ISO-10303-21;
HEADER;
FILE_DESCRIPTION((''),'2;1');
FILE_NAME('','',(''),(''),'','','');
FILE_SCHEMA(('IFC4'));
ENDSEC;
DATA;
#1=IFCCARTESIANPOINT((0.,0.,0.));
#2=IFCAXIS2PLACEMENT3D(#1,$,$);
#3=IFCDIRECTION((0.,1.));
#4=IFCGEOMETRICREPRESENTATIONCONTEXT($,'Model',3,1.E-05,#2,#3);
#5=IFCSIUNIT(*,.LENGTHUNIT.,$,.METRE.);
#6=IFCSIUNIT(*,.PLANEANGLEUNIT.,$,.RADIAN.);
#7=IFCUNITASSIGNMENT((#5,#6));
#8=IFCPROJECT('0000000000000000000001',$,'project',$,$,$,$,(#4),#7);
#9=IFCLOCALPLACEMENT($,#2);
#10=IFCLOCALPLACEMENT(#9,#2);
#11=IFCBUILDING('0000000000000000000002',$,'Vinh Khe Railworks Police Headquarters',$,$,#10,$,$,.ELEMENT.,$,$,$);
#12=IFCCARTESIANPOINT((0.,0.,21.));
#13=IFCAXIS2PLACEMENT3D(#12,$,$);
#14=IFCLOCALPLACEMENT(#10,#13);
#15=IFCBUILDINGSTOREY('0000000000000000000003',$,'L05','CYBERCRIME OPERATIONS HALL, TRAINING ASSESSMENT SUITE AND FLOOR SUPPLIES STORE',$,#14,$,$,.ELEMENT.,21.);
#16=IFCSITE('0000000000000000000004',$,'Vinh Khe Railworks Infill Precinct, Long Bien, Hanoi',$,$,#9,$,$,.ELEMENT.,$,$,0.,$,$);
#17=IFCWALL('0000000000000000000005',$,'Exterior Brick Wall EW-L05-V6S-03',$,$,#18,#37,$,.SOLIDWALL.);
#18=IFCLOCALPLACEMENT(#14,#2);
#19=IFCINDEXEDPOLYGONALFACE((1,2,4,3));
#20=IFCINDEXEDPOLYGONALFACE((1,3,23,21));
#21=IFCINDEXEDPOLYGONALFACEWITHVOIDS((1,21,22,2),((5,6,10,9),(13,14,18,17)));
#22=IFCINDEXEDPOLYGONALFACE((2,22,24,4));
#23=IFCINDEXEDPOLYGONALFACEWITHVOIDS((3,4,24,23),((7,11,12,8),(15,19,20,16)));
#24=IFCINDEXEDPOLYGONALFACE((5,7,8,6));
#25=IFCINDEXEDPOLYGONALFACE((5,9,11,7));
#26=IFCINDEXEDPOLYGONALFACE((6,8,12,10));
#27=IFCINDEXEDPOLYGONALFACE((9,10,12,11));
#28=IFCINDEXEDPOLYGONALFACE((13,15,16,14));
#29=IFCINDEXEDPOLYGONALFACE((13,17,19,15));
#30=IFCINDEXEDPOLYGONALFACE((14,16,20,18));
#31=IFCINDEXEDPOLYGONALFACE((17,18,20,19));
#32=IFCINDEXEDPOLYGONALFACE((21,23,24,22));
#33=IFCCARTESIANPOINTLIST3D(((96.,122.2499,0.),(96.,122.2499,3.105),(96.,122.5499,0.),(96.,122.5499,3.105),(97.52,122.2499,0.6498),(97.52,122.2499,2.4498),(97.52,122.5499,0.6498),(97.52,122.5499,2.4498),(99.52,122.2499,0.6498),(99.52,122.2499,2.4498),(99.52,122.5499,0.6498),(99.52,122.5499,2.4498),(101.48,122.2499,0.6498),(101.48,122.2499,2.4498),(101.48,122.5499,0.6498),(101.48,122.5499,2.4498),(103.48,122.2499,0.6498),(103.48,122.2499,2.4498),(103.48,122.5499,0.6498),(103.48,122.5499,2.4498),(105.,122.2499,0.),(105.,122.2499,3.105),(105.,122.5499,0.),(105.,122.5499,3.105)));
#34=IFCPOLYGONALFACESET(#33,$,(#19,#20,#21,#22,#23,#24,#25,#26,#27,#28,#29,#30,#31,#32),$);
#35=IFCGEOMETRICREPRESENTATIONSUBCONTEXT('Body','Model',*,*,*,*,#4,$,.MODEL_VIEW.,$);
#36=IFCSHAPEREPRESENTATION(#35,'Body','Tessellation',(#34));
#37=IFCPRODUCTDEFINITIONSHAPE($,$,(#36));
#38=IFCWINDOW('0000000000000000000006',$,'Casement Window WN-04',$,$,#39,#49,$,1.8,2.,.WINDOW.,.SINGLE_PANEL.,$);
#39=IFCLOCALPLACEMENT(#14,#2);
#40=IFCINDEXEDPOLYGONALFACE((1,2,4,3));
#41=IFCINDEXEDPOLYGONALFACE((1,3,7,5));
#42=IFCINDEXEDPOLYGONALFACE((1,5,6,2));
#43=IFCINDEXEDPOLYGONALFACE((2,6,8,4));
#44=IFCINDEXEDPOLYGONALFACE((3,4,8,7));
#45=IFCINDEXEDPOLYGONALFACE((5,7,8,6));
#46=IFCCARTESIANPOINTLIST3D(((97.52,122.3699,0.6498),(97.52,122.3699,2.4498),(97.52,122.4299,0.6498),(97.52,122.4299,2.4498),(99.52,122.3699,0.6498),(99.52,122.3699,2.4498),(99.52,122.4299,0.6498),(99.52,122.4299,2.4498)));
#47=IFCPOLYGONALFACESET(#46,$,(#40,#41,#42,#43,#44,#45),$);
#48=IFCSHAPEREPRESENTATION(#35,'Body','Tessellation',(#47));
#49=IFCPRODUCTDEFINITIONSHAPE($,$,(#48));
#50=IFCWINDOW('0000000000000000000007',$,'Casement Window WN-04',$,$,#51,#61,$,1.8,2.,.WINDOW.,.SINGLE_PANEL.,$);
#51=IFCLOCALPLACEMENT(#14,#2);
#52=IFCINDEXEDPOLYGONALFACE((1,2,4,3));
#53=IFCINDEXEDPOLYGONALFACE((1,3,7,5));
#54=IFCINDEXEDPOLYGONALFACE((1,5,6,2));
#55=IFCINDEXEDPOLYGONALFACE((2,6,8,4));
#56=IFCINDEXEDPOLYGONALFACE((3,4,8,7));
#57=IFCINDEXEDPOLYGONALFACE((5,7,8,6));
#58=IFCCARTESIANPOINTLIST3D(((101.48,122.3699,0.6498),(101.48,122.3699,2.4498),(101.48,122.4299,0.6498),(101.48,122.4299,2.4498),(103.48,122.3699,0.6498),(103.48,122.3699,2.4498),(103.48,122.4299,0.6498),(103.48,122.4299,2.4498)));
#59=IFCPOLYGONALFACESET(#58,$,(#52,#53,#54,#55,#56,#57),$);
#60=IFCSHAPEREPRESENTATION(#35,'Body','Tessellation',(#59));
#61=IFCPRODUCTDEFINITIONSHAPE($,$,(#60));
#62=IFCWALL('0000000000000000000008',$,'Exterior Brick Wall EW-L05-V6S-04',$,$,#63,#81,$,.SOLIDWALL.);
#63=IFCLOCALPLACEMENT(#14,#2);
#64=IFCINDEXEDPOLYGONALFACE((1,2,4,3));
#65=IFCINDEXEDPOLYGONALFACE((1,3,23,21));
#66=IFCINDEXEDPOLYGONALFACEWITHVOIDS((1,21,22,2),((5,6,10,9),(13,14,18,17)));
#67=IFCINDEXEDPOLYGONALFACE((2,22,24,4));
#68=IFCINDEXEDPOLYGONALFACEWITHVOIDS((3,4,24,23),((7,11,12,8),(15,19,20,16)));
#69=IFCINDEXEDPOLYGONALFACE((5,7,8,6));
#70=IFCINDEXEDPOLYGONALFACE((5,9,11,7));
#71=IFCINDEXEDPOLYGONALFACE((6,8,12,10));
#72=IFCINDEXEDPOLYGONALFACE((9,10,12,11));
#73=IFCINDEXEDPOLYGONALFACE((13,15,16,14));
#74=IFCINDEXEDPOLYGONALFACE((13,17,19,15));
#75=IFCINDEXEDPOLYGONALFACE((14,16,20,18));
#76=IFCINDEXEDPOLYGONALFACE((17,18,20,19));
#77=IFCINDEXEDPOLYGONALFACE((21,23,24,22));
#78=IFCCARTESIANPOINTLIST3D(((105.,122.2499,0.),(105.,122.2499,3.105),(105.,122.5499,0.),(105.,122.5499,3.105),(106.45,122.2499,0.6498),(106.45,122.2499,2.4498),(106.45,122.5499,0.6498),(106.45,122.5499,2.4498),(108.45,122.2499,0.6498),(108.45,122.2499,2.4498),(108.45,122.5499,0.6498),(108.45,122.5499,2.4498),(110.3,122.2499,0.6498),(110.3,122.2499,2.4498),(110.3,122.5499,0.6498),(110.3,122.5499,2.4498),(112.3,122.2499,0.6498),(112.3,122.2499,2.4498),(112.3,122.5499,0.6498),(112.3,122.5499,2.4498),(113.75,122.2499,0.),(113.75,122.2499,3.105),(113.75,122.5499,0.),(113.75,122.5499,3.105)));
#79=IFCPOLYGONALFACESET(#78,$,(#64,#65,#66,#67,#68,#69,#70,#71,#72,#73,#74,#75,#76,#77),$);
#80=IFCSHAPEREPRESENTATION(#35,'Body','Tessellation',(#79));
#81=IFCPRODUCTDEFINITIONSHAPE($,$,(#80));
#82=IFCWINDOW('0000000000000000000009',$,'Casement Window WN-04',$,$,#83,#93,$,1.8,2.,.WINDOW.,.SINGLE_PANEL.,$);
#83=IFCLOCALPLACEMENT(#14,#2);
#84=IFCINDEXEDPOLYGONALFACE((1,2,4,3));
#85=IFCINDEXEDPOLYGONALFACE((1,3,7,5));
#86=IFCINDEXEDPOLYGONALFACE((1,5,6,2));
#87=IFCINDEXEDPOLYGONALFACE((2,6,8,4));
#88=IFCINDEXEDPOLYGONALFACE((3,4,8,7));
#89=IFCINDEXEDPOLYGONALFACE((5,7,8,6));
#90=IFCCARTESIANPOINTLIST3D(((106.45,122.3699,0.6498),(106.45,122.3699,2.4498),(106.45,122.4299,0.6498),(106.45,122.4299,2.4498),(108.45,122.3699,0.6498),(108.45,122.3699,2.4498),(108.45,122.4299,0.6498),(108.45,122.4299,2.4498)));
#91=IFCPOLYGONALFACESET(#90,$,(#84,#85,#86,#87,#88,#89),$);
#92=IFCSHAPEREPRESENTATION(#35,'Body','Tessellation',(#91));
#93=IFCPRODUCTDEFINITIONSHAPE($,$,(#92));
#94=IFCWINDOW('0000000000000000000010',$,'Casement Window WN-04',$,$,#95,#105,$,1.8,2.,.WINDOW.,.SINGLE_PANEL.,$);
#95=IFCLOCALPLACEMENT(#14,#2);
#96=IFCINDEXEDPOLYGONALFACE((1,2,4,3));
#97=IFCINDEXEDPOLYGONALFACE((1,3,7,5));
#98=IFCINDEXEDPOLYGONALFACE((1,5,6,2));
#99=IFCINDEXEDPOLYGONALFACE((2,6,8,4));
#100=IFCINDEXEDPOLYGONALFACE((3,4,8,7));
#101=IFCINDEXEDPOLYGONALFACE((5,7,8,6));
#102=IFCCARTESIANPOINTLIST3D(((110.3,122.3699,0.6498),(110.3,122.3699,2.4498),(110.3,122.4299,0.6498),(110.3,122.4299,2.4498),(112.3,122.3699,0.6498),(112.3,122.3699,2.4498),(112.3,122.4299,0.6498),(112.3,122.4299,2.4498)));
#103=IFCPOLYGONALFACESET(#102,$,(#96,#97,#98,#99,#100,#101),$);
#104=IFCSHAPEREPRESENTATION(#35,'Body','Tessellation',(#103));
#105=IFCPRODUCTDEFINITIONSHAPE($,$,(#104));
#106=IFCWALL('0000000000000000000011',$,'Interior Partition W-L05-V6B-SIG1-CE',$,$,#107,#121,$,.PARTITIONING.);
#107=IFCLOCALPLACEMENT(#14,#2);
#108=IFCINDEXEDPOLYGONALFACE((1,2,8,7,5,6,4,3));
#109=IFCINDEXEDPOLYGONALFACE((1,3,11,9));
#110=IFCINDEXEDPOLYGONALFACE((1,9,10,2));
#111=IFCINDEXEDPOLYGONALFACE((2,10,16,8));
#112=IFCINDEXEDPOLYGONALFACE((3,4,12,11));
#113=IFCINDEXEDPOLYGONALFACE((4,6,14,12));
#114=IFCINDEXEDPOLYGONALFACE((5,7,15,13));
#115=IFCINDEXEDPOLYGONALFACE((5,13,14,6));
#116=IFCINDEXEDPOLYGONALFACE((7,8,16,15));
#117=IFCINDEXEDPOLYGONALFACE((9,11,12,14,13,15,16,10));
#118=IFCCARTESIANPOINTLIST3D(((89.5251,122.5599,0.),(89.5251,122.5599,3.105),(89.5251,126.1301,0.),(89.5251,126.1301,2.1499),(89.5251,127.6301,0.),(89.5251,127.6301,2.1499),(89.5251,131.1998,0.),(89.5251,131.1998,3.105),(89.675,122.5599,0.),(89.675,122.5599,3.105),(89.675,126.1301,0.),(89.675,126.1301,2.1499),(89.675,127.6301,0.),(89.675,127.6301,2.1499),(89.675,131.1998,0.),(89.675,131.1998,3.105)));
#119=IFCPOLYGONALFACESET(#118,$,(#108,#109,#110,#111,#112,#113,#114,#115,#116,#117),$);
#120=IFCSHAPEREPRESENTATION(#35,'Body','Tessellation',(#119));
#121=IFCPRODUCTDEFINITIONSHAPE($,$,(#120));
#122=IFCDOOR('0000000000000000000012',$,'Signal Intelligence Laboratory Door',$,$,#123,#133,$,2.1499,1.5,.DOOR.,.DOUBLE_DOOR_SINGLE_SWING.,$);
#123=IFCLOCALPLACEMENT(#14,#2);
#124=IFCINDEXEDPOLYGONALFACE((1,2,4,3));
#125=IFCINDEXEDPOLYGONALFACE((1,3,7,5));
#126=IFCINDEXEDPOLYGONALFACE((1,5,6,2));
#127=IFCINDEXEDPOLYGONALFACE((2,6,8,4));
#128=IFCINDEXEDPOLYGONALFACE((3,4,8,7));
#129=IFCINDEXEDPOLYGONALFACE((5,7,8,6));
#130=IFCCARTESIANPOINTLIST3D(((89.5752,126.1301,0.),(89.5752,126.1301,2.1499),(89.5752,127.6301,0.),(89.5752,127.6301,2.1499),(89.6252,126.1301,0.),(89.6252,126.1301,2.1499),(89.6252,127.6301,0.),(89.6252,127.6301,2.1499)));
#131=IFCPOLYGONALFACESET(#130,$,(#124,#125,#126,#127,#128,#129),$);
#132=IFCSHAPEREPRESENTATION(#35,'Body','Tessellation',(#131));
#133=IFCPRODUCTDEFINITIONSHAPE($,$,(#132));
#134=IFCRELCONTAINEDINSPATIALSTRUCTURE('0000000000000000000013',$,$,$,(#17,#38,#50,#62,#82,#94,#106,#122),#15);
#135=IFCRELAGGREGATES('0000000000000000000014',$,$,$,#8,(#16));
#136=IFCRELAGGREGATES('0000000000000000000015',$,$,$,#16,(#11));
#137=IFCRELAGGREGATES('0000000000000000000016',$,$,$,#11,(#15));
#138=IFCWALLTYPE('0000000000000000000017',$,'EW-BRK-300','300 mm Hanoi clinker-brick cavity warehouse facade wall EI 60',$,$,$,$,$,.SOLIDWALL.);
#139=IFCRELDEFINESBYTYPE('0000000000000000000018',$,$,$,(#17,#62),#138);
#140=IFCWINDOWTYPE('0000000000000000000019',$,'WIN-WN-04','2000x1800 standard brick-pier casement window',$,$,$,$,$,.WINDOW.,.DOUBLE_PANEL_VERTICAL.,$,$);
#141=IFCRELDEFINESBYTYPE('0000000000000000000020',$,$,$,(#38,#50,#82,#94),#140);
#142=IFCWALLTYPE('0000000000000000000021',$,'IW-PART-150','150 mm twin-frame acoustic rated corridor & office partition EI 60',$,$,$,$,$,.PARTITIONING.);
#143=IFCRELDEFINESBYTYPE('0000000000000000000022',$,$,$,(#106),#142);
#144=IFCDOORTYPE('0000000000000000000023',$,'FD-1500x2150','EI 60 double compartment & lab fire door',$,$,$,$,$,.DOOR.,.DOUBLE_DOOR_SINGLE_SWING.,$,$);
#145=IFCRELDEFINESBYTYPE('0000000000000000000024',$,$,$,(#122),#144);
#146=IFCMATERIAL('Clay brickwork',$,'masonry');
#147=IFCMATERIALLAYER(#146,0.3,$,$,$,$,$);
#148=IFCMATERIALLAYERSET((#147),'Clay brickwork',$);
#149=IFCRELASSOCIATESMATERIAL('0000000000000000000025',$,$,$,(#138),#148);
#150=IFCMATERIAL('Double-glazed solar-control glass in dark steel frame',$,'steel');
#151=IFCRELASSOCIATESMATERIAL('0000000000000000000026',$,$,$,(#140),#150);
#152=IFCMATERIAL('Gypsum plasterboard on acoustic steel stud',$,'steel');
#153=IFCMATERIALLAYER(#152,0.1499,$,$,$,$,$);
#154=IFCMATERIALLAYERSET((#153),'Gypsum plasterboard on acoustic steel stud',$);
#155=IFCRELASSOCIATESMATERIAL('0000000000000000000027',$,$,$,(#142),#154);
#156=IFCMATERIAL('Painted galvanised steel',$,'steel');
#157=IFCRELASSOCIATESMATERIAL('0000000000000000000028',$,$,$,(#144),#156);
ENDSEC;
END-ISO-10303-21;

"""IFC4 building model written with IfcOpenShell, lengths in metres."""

from ifc_helpers import new_model, si_unit, direction, frame, frame_2d, origin, place, context, subcontext, project, spatial, rectangle, extrude, material, layer, layer_set, type_object, element, fill, save


model = new_model("IFC4")

# Units and contexts
model_context = context("Model", 3, precision=1e-05, world=origin(), true_north=direction((0.0, 1.0)))
body_context = subcontext(model_context, "Body", "Model", "MODEL_VIEW")
ifc_project = project(units=[si_unit("LENGTHUNIT", "METRE"), si_unit("PLANEANGLEUNIT", "RADIAN")], contexts=[model_context])

# Site, building, storey
site_placement = place(None, origin())
site = spatial("IfcSite", under=ifc_project, at=site_placement, Name="Vinh Khe Railworks Infill Precinct, Long Bien, Hanoi", CompositionType="ELEMENT", RefElevation=0.0)
building_placement = place(site_placement, origin())
building = spatial("IfcBuilding", under=site, at=building_placement, Name="Vinh Khe Railworks Police Headquarters", CompositionType="ELEMENT")
storey_placement = place(building_placement, frame((0.0, 0.0, 21.0)))
storey = spatial("IfcBuildingStorey", under=building, at=storey_placement, Name="L05", Description="CYBERCRIME OPERATIONS HALL, TRAINING ASSESSMENT SUITE AND FLOOR SUPPLIES STORE", CompositionType="ELEMENT", Elevation=21.0)

# Walls, openings, windows
ifc_material_1 = material(Name="Clay brickwork", Category="masonry")
ifc_layer_1 = layer(ifc_material_1, 0.3)
ifc_layer_set_1 = layer_set([ifc_layer_1], Name="Clay brickwork")
wall_type_1 = type_object("IfcWallType", Name="EW-BRK-300", Description="300 mm Hanoi clinker-brick cavity warehouse facade wall EI 60", PredefinedType="SOLIDWALL", material=ifc_layer_set_1)
wall_1_placement = place(storey_placement, frame((96.0, 122.3999, 0.0), z_axis=(0.0, 0.0, 1.0), x_axis=(1.0, 0.0, 0.0)))
wall_1 = element("IfcWall", 1, at=wall_1_placement, inside=storey, type_object=wall_type_1, Name="Exterior Brick Wall EW-L05-V6S-03", PredefinedType="SOLIDWALL", context=body_context, shape_type="SweptSolid", body=[
    extrude(rectangle(XDim=9.0, YDim=0.3, at=frame_2d((4.5, 0.0))), origin(), (0.0, 0.0, 1.0), 3.105),
])
opening_1_placement = place(wall_1_placement, frame((1.52, 0.0, 0.6499)))
opening_1 = element("IfcOpeningElement", 2, at=opening_1_placement, cuts=wall_1, PredefinedType="OPENING", context=body_context, shape_type="SweptSolid", body=[
    extrude(rectangle(XDim=2.0, YDim=1.8, at=frame_2d((1.0, 0.8999))), frame((0.0, 0.165, 0.0), z_axis=(0.0, -1.0, 0.0), x_axis=(1.0, 0.0, 0.0)), (0.0, 0.0, 1.0), 0.3298),
])
opening_2_placement = place(wall_1_placement, frame((5.48, 0.0, 0.6499)))
opening_2 = element("IfcOpeningElement", 3, at=opening_2_placement, cuts=wall_1, PredefinedType="OPENING", context=body_context, shape_type="SweptSolid", body=[
    extrude(rectangle(XDim=2.0, YDim=1.8, at=frame_2d((1.0, 0.8999))), frame((0.0, 0.165, 0.0), z_axis=(0.0, -1.0, 0.0), x_axis=(1.0, 0.0, 0.0)), (0.0, 0.0, 1.0), 0.3298),
])
ifc_material_2 = material(Name="Double-glazed solar-control glass in dark steel frame", Category="steel")
window_type = type_object("IfcWindowType", Name="WIN-WN-04", Description="2000x1800 standard brick-pier casement window", PartitioningType="DOUBLE_PANEL_VERTICAL", PredefinedType="WINDOW", material=ifc_material_2)
window_1_placement = place(opening_1_placement, origin())
window_1 = element("IfcWindow", 4, at=window_1_placement, inside=storey, type_object=window_type, Name="Casement Window WN-04", OverallHeight=1.8, OverallWidth=2.0, PartitioningType="SINGLE_PANEL", PredefinedType="WINDOW", context=body_context, shape_type="SweptSolid", body=[
    extrude(rectangle(XDim=2.0, YDim=1.8, at=frame_2d((1.0, 0.8999))), frame((0.0, 0.03, 0.0), z_axis=(0.0, -1.0, 0.0), x_axis=(1.0, 0.0, 0.0)), (0.0, 0.0, 1.0), 0.0601),
])
fill(opening_1, window_1)
window_2_placement = place(opening_2_placement, origin())
window_2 = element("IfcWindow", 5, at=window_2_placement, inside=storey, type_object=window_type, Name="Casement Window WN-04", OverallHeight=1.8, OverallWidth=2.0, PartitioningType="SINGLE_PANEL", PredefinedType="WINDOW", context=body_context, shape_type="SweptSolid", body=[
    extrude(rectangle(XDim=2.0, YDim=1.8, at=frame_2d((1.0, 0.8999))), frame((0.0, 0.03, 0.0), z_axis=(0.0, -1.0, 0.0), x_axis=(1.0, 0.0, 0.0)), (0.0, 0.0, 1.0), 0.0601),
])
fill(opening_2, window_2)
wall_2_placement = place(storey_placement, frame((105.0, 122.3999, 0.0), z_axis=(0.0, 0.0, 1.0), x_axis=(1.0, 0.0, 0.0)))
wall_2 = element("IfcWall", 6, at=wall_2_placement, inside=storey, type_object=wall_type_1, Name="Exterior Brick Wall EW-L05-V6S-04", PredefinedType="SOLIDWALL", context=body_context, shape_type="SweptSolid", body=[
    extrude(rectangle(XDim=8.75, YDim=0.3, at=frame_2d((4.375, 0.0))), origin(), (0.0, 0.0, 1.0), 3.105),
])
opening_3_placement = place(wall_2_placement, frame((1.45, 0.0, 0.6499)))
opening_3 = element("IfcOpeningElement", 7, at=opening_3_placement, cuts=wall_2, PredefinedType="OPENING", context=body_context, shape_type="SweptSolid", body=[
    extrude(rectangle(XDim=2.0, YDim=1.8, at=frame_2d((1.0, 0.8999))), frame((0.0, 0.165, 0.0), z_axis=(0.0, -1.0, 0.0), x_axis=(1.0, 0.0, 0.0)), (0.0, 0.0, 1.0), 0.3298),
])
opening_4_placement = place(wall_2_placement, frame((5.3, 0.0, 0.6499)))
opening_4 = element("IfcOpeningElement", 8, at=opening_4_placement, cuts=wall_2, PredefinedType="OPENING", context=body_context, shape_type="SweptSolid", body=[
    extrude(rectangle(XDim=2.0, YDim=1.8, at=frame_2d((1.0, 0.8999))), frame((0.0, 0.165, 0.0), z_axis=(0.0, -1.0, 0.0), x_axis=(1.0, 0.0, 0.0)), (0.0, 0.0, 1.0), 0.3298),
])
window_3_placement = place(opening_3_placement, origin())
window_3 = element("IfcWindow", 9, at=window_3_placement, inside=storey, type_object=window_type, Name="Casement Window WN-04", OverallHeight=1.8, OverallWidth=2.0, PartitioningType="SINGLE_PANEL", PredefinedType="WINDOW", context=body_context, shape_type="SweptSolid", body=[
    extrude(rectangle(XDim=2.0, YDim=1.8, at=frame_2d((1.0, 0.8999))), frame((0.0, 0.03, 0.0), z_axis=(0.0, -1.0, 0.0), x_axis=(1.0, 0.0, 0.0)), (0.0, 0.0, 1.0), 0.0601),
])
fill(opening_3, window_3)
window_4_placement = place(opening_4_placement, origin())
window_4 = element("IfcWindow", 10, at=window_4_placement, inside=storey, type_object=window_type, Name="Casement Window WN-04", OverallHeight=1.8, OverallWidth=2.0, PartitioningType="SINGLE_PANEL", PredefinedType="WINDOW", context=body_context, shape_type="SweptSolid", body=[
    extrude(rectangle(XDim=2.0, YDim=1.8, at=frame_2d((1.0, 0.8999))), frame((0.0, 0.03, 0.0), z_axis=(0.0, -1.0, 0.0), x_axis=(1.0, 0.0, 0.0)), (0.0, 0.0, 1.0), 0.0601),
])
fill(opening_4, window_4)

# Wall, opening, door
ifc_material_3 = material(Name="Gypsum plasterboard on acoustic steel stud", Category="steel")
ifc_layer_2 = layer(ifc_material_3, 0.1499)
ifc_layer_set_2 = layer_set([ifc_layer_2], Name="Gypsum plasterboard on acoustic steel stud")
wall_type_2 = type_object("IfcWallType", Name="IW-PART-150", Description="150 mm twin-frame acoustic rated corridor & office partition EI 60", PredefinedType="PARTITIONING", material=ifc_layer_set_2)
wall_3_placement = place(storey_placement, frame((89.6001, 122.5601, 0.0), z_axis=(0.0, 0.0, 1.0), x_axis=(0.0, 1.0, 0.0)))
wall_3 = element("IfcWall", 11, at=wall_3_placement, inside=storey, type_object=wall_type_2, Name="Interior Partition W-L05-V6B-SIG1-CE", PredefinedType="PARTITIONING", context=body_context, shape_type="SweptSolid", body=[
    extrude(rectangle(XDim=8.6399, YDim=0.1499, at=frame_2d((4.3198, 0.0))), origin(), (0.0, 0.0, 1.0), 3.105),
])
opening_5_placement = place(wall_3_placement, frame((3.5701, 0.0, 0.0)))
opening_5 = element("IfcOpeningElement", 12, at=opening_5_placement, cuts=wall_3, PredefinedType="OPENING", context=body_context, shape_type="SweptSolid", body=[
    extrude(rectangle(XDim=1.5, YDim=2.1499, at=frame_2d((0.75, 1.075))), frame((0.0, 0.0898, 0.0), z_axis=(0.0, -1.0, 0.0), x_axis=(1.0, 0.0, 0.0)), (0.0, 0.0, 1.0), 0.1797),
])
ifc_material_4 = material(Name="Painted galvanised steel", Category="steel")
door_type = type_object("IfcDoorType", Name="FD-1500x2150", Description="EI 60 double compartment & lab fire door", OperationType="DOUBLE_DOOR_SINGLE_SWING", PredefinedType="DOOR", material=ifc_material_4)
door_placement = place(opening_5_placement, origin())
door = element("IfcDoor", 13, at=door_placement, inside=storey, type_object=door_type, Name="Signal Intelligence Laboratory Door", OperationType="DOUBLE_DOOR_SINGLE_SWING", OverallHeight=2.1499, OverallWidth=1.5, PredefinedType="DOOR", context=body_context, shape_type="SweptSolid", body=[
    extrude(rectangle(XDim=1.5, YDim=2.1499, at=frame_2d((0.75, 1.075))), frame((0.0, 0.0249, 0.0), z_axis=(0.0, -1.0, 0.0), x_axis=(1.0, 0.0, 0.0)), (0.0, 0.0, 1.0), 0.05),
])
fill(opening_5, door)

save(model, "model.ifc")
